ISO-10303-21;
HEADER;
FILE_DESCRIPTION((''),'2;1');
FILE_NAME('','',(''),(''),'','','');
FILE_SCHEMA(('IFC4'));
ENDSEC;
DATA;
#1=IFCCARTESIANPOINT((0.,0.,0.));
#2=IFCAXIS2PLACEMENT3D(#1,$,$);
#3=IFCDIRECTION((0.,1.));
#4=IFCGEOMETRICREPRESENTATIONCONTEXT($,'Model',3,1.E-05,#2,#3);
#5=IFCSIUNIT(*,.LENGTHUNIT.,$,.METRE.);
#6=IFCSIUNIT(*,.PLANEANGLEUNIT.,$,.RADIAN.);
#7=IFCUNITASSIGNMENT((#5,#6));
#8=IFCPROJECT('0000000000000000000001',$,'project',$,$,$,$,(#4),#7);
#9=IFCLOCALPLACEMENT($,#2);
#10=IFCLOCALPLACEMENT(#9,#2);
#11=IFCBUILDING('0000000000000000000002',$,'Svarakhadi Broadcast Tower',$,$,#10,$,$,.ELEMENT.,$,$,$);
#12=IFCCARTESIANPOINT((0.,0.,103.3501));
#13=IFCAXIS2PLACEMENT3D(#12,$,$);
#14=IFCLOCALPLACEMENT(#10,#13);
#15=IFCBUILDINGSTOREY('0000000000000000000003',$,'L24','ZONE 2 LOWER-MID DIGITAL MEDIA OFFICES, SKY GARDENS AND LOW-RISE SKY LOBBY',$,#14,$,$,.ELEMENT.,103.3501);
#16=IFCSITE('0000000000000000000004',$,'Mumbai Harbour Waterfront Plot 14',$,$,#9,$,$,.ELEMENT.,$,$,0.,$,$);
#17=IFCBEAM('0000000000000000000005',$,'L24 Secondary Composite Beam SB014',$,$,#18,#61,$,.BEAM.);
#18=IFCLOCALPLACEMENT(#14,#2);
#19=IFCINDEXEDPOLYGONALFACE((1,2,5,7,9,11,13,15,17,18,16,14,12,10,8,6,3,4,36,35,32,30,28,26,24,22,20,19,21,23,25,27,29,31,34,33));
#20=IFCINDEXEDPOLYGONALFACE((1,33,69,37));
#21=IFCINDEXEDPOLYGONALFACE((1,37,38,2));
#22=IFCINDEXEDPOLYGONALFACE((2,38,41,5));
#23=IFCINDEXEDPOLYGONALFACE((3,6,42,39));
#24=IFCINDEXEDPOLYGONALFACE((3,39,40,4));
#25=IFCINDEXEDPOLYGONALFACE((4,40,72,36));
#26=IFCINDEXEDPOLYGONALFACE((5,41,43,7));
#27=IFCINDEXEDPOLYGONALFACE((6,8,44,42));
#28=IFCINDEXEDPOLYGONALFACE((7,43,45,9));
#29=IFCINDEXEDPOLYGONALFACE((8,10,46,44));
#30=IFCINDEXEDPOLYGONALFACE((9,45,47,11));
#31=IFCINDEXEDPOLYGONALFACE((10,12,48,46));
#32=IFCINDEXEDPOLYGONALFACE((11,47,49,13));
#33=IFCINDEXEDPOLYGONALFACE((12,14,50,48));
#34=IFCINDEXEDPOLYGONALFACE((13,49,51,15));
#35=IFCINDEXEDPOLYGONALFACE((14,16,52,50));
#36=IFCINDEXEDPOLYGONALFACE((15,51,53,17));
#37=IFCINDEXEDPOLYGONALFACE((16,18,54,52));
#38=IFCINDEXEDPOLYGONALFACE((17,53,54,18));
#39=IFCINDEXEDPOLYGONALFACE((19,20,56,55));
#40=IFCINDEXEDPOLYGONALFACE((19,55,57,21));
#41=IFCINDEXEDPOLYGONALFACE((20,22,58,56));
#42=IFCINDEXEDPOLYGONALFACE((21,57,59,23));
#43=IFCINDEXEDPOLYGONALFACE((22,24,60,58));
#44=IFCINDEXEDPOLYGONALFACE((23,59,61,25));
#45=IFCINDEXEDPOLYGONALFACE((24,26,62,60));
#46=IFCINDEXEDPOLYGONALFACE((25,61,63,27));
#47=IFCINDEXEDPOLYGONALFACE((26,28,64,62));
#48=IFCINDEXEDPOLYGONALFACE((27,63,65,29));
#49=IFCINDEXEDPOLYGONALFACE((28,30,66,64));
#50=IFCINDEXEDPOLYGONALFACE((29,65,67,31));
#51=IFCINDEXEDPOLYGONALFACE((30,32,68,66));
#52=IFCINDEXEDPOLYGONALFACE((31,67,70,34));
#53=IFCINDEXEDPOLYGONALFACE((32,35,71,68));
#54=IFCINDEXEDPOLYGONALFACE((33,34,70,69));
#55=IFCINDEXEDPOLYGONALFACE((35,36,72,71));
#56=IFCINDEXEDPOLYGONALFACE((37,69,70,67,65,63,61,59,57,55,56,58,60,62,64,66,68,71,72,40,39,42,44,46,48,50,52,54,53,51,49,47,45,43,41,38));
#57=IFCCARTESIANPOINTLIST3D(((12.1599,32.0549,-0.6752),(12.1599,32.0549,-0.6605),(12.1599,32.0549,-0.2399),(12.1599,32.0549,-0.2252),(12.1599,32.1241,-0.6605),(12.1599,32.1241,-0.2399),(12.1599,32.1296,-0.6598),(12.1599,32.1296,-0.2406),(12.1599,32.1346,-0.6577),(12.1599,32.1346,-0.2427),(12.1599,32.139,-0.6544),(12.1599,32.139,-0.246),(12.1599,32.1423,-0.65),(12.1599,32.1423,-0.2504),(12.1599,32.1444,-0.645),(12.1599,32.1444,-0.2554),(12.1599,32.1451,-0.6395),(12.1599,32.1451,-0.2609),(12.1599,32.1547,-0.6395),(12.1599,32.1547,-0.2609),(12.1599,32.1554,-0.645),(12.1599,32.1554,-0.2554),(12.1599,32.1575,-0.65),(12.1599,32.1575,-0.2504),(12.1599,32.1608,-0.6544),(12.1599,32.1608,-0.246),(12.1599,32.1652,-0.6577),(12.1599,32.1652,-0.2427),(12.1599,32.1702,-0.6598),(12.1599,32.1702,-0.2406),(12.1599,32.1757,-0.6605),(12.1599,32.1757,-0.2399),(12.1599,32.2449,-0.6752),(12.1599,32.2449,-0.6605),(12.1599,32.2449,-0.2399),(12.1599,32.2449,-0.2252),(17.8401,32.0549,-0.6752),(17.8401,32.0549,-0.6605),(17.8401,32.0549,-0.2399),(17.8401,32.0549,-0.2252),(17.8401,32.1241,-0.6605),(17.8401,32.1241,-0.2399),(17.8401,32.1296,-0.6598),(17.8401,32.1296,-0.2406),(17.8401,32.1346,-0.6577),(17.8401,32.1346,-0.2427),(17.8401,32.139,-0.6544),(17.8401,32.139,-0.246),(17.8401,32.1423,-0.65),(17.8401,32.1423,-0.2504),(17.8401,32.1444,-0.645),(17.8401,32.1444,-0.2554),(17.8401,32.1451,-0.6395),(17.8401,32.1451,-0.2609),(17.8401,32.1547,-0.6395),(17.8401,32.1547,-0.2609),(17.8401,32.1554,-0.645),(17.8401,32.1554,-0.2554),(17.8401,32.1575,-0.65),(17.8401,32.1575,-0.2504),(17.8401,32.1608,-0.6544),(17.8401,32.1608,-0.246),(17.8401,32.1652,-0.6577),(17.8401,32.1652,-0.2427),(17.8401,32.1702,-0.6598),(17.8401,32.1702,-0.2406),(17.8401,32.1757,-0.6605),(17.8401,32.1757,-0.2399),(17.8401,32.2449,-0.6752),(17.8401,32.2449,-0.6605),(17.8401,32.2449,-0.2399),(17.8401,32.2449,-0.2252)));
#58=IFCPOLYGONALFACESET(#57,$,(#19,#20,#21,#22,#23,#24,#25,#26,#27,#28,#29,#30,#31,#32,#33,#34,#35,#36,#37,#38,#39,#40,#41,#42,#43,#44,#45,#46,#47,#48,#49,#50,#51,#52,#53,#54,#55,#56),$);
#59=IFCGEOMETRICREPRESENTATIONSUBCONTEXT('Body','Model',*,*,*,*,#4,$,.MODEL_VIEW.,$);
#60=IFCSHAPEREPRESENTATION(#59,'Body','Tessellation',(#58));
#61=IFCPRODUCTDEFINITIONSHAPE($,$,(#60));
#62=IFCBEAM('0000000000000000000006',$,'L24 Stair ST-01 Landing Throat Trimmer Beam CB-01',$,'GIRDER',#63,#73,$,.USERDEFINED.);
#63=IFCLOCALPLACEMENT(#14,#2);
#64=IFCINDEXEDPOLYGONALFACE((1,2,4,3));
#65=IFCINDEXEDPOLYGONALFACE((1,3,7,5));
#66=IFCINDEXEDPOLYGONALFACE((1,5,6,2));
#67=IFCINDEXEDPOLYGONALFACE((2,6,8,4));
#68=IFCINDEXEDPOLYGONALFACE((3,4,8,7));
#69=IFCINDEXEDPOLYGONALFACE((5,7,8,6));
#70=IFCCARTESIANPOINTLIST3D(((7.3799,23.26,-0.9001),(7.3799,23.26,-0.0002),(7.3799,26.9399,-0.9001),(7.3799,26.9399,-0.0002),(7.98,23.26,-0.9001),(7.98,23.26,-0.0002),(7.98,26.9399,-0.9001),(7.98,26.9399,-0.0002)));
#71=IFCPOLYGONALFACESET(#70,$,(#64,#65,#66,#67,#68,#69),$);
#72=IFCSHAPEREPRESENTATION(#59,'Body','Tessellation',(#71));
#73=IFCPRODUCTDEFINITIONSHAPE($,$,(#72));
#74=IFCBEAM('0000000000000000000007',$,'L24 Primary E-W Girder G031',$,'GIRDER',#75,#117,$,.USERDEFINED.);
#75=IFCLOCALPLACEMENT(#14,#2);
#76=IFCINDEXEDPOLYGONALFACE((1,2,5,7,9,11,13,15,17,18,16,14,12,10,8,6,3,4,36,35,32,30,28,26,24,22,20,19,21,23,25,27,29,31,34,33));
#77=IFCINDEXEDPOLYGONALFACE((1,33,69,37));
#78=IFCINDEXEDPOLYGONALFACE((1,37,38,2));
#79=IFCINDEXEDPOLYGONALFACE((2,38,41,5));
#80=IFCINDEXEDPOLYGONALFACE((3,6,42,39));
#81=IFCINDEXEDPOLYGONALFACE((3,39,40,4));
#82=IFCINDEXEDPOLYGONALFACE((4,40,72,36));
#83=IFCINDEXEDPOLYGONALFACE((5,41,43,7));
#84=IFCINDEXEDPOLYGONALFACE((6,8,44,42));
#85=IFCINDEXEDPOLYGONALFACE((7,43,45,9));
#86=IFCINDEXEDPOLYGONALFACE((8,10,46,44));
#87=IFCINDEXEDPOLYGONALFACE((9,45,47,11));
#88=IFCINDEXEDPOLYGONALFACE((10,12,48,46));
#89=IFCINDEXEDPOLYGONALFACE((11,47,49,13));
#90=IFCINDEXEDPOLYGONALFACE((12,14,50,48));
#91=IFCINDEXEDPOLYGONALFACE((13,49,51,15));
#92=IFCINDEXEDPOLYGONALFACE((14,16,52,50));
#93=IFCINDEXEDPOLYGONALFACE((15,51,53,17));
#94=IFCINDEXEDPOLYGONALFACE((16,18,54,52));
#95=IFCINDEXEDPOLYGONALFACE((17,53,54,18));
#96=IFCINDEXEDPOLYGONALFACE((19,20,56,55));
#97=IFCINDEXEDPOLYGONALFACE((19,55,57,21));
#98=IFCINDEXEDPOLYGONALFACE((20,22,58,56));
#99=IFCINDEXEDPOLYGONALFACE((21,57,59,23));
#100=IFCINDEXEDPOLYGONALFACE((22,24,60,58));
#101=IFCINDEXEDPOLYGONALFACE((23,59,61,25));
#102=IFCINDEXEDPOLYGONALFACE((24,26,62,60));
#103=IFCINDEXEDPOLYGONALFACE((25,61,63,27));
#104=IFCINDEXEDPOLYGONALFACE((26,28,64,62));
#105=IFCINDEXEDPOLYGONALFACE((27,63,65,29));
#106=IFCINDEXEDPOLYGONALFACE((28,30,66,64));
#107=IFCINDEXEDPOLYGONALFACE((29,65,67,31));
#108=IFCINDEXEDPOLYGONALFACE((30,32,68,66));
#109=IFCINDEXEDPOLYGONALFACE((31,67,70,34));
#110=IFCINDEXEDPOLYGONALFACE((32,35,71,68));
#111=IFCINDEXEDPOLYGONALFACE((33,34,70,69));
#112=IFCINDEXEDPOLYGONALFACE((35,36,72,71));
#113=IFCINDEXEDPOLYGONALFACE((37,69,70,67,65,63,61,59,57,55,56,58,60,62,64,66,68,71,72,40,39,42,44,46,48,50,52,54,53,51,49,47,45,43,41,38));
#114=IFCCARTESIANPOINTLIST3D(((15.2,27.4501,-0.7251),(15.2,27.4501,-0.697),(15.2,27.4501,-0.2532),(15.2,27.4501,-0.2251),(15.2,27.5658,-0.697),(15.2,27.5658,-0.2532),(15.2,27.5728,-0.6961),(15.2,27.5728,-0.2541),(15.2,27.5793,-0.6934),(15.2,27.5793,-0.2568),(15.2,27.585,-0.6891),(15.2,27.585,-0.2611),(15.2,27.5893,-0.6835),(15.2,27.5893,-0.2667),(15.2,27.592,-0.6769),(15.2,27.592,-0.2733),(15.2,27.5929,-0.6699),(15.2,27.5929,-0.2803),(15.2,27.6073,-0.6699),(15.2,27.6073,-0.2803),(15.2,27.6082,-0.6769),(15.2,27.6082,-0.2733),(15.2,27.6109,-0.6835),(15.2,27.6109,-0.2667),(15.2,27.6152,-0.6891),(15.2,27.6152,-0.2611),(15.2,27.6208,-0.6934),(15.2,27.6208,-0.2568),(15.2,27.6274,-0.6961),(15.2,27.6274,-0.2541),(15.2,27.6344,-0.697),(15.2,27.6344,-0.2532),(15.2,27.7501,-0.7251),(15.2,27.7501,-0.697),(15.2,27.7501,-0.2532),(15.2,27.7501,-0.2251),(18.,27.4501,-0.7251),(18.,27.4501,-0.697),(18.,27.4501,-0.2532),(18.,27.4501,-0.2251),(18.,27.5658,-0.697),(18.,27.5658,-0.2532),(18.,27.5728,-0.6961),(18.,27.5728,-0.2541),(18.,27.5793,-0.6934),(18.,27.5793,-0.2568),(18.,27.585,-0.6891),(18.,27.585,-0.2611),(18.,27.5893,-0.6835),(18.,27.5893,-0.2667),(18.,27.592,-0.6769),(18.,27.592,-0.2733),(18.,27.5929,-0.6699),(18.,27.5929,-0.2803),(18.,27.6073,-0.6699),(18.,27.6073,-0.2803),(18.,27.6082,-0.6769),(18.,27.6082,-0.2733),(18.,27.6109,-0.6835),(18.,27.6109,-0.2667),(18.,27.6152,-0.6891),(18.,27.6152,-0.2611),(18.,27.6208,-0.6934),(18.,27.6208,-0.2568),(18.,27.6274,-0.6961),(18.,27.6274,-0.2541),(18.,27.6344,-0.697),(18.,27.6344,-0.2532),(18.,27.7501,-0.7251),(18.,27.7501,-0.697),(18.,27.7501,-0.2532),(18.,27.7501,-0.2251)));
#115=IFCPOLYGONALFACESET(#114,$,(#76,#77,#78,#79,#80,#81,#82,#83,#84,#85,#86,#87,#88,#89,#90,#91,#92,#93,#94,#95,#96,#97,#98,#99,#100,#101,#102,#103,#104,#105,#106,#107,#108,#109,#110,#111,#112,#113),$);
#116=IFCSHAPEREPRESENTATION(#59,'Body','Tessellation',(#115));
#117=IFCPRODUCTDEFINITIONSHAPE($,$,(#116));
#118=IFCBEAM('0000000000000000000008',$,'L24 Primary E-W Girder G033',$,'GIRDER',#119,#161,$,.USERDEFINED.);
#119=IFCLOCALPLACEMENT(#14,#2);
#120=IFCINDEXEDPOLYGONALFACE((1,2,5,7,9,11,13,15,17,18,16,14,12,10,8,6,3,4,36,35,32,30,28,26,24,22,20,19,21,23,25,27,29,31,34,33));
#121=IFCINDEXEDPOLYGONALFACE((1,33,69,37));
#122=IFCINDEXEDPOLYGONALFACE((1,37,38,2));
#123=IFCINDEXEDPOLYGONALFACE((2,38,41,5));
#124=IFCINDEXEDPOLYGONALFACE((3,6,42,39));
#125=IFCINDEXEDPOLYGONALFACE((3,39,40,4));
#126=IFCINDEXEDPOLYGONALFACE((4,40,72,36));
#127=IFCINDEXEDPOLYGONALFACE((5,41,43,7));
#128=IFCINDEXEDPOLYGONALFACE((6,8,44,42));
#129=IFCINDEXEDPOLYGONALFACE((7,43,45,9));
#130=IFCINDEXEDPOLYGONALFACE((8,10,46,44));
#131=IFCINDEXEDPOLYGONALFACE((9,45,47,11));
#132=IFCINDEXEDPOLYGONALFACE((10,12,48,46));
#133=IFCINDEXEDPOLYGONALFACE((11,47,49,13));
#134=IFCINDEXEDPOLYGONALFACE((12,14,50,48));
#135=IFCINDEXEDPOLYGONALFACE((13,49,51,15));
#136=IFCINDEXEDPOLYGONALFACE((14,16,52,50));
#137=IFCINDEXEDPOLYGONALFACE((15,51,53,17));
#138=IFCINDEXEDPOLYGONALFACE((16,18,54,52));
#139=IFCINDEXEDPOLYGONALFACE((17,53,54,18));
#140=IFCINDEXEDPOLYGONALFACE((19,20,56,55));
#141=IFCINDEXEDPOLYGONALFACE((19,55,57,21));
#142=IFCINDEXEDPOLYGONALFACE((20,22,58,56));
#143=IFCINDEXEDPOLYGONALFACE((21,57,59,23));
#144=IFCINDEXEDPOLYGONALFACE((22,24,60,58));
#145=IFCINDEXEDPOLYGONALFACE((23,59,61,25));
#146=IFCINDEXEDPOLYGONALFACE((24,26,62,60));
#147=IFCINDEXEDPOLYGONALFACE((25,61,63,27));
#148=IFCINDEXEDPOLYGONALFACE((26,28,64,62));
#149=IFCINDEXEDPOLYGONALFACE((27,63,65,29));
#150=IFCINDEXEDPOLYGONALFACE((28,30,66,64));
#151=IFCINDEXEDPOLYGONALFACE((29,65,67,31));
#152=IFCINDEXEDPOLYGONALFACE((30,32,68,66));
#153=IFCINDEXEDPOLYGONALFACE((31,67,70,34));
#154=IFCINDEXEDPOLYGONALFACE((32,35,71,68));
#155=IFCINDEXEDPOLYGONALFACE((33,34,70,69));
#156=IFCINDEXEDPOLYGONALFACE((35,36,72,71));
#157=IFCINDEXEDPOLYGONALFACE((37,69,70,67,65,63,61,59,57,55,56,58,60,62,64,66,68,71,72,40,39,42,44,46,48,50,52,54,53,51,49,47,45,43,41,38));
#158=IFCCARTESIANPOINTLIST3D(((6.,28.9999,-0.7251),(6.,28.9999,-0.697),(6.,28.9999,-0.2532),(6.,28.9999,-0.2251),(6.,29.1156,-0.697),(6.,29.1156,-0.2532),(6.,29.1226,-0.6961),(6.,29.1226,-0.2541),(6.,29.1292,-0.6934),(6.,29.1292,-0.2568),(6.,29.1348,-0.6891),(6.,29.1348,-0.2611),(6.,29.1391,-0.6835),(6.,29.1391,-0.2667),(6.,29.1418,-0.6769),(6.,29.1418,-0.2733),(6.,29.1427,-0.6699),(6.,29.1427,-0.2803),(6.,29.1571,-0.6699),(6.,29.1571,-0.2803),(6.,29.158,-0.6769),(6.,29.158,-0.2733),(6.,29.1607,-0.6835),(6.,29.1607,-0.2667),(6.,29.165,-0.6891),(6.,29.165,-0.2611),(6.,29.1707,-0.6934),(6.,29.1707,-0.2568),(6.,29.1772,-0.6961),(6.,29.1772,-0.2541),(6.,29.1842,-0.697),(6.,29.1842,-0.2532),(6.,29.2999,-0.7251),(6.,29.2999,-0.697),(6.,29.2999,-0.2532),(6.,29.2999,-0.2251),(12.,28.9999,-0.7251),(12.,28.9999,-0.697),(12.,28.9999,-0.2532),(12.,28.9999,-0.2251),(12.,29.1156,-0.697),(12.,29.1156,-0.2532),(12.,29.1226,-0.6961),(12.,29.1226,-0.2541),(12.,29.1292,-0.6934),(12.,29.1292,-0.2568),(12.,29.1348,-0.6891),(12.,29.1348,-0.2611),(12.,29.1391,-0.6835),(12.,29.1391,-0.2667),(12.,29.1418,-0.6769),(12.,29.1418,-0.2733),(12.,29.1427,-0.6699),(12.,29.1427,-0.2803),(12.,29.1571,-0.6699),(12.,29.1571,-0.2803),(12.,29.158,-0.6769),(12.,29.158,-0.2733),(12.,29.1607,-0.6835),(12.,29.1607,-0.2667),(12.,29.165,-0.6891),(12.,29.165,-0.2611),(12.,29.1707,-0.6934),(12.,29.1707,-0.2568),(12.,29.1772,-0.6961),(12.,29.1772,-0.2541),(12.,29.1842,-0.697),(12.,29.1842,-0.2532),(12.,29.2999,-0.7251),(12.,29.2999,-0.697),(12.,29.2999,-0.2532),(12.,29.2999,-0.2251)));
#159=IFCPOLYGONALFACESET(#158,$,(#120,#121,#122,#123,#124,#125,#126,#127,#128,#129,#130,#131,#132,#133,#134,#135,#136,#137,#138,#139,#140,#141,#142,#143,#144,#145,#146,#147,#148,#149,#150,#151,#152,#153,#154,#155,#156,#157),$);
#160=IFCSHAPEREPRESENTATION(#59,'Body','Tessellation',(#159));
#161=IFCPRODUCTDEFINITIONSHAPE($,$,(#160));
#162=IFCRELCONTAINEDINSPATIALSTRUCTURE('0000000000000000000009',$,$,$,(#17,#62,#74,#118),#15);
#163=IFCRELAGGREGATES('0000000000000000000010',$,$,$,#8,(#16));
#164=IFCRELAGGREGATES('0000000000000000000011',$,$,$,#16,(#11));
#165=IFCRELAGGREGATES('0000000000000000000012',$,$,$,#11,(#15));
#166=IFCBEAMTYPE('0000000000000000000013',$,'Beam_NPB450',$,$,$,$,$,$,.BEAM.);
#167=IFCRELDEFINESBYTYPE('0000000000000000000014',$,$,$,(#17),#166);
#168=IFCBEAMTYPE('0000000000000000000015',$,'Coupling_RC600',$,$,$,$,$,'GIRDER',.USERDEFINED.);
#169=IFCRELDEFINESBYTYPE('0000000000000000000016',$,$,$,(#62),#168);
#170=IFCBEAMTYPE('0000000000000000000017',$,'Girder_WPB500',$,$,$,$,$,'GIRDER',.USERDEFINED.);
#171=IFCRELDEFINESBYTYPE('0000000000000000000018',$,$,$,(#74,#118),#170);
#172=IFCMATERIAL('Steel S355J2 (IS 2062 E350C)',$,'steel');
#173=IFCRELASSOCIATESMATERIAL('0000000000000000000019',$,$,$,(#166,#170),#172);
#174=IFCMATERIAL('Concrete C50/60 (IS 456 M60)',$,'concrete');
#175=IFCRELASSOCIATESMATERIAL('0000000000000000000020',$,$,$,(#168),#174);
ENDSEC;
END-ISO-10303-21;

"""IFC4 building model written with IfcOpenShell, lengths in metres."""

from ifc_helpers import new_model, si_unit, direction, frame, origin, origin_2d, place, context, subcontext, project, spatial, rectangle, i_section, extrude, material, material_profile, profile_set, type_object, element, save


model = new_model("IFC4")

# Units and contexts
model_context = context("Model", 3, precision=1e-05, world=origin(), true_north=direction((0.0, 1.0)))
body_context = subcontext(model_context, "Body", "Model", "MODEL_VIEW")
ifc_project = project(units=[si_unit("LENGTHUNIT", "METRE"), si_unit("PLANEANGLEUNIT", "RADIAN")], contexts=[model_context])

# Site, building, storey
site_placement = place(None, origin())
site = spatial("IfcSite", under=ifc_project, at=site_placement, Name="Mumbai Harbour Waterfront Plot 14", CompositionType="ELEMENT", RefElevation=0.0)
building_placement = place(site_placement, origin())
building = spatial("IfcBuilding", under=site, at=building_placement, Name="Svarakhadi Broadcast Tower", CompositionType="ELEMENT")
storey_placement = place(building_placement, frame((0.0, 0.0, 103.3501)))
storey = spatial("IfcBuildingStorey", under=building, at=storey_placement, Name="L24", Description="ZONE 2 LOWER-MID DIGITAL MEDIA OFFICES, SKY GARDENS AND LOW-RISE SKY LOBBY", CompositionType="ELEMENT", Elevation=103.3501)

# Shared definitions
ifc_material_1 = material(Name="Concrete C50/60 (IS 456 M60)", Category="concrete")

# Beams
ifc_material_2 = material(Name="Steel S355J2 (IS 2062 E350C)", Category="steel")
ifc_material_profile_1 = material_profile(ifc_material_2, i_section(OverallWidth=0.1899, OverallDepth=0.45, WebThickness=0.0095, FlangeThickness=0.0146, FilletRadius=0.021, at=origin_2d()), Name="NPB 450x190x78")
ifc_profile_set_1 = profile_set([ifc_material_profile_1], Name="Steel S355J2 (IS 2062 E350C)")
beam_type_1 = type_object("IfcBeamType", Name="Beam_NPB450", PredefinedType="BEAM", material=ifc_profile_set_1)
for number, where, z_axis, x_axis, name in (
    (1, (12.1599, 32.1499, -0.4502), (1.0, 0.0, 0.0), (0.0, 1.0, 0.0), "L24 Secondary Composite Beam SB014"),
):
    element("IfcBeam", number, at=place(storey_placement, frame(where, z_axis=z_axis, x_axis=x_axis)), inside=storey, type_object=beam_type_1, Name=name, PredefinedType="BEAM", context=body_context, shape_type="SweptSolid", body=[
        extrude(i_section(OverallWidth=0.1899, OverallDepth=0.45, WebThickness=0.0095, FlangeThickness=0.0146, FilletRadius=0.021, at=origin_2d()), origin(), (0.0, 0.0, 1.0), 5.6802),
    ])
ifc_material_profile_2 = material_profile(ifc_material_1, rectangle(XDim=0.6001, YDim=0.8999, at=origin_2d()), Name="RC 600x900")
ifc_profile_set_2 = profile_set([ifc_material_profile_2], Name="Concrete C50/60 (IS 456 M60)")
beam_type_2 = type_object("IfcBeamType", Name="Coupling_RC600", ElementType="GIRDER", PredefinedType="USERDEFINED", material=ifc_profile_set_2)
beam_1_placement = place(storey_placement, frame((7.6799, 23.26, -0.4502), z_axis=(0.0, 1.0, 0.0), x_axis=(-1.0, 0.0, 0.0)))
element("IfcBeam", 2, at=beam_1_placement, inside=storey, type_object=beam_type_2, Name="L24 Stair ST-01 Landing Throat Trimmer Beam CB-01", ObjectType="GIRDER", PredefinedType="USERDEFINED", context=body_context, shape_type="SweptSolid", body=[
    extrude(rectangle(XDim=0.6001, YDim=0.8999, at=origin_2d()), origin(), (0.0, 0.0, 1.0), 3.6799),
])
ifc_material_profile_3 = material_profile(ifc_material_2, i_section(OverallWidth=0.3, OverallDepth=0.5, WebThickness=0.0144, FlangeThickness=0.0281, FilletRadius=0.0271, at=origin_2d()), Name="WPB 500x300x187")
ifc_profile_set_3 = profile_set([ifc_material_profile_3], Name="Steel S355J2 (IS 2062 E350C)")
beam_type_3 = type_object("IfcBeamType", Name="Girder_WPB500", ElementType="GIRDER", PredefinedType="USERDEFINED", material=ifc_profile_set_3)
beam_2_placement = place(storey_placement, frame((15.2, 27.6001, -0.4751), z_axis=(1.0, 0.0, 0.0), x_axis=(0.0, 1.0, 0.0)))
element("IfcBeam", 3, at=beam_2_placement, inside=storey, type_object=beam_type_3, Name="L24 Primary E-W Girder G031", ObjectType="GIRDER", PredefinedType="USERDEFINED", context=body_context, shape_type="SweptSolid", body=[
    extrude(i_section(OverallWidth=0.3, OverallDepth=0.5, WebThickness=0.0144, FlangeThickness=0.0281, FilletRadius=0.0271, at=origin_2d()), origin(), (0.0, 0.0, 1.0), 2.8),
])
for number, where, z_axis, x_axis, name in (
    (4, (6.0, 29.1499, -0.4751), (1.0, 0.0, 0.0), (0.0, 1.0, 0.0), "L24 Primary E-W Girder G033"),
):
    element("IfcBeam", number, at=place(storey_placement, frame(where, z_axis=z_axis, x_axis=x_axis)), inside=storey, type_object=beam_type_3, Name=name, ObjectType="GIRDER", PredefinedType="USERDEFINED", context=body_context, shape_type="SweptSolid", body=[
        extrude(i_section(OverallWidth=0.3, OverallDepth=0.5, WebThickness=0.0144, FlangeThickness=0.0281, FilletRadius=0.0271, at=origin_2d()), origin(), (0.0, 0.0, 1.0), 6.0),
    ])

save(model, "model.ifc")
